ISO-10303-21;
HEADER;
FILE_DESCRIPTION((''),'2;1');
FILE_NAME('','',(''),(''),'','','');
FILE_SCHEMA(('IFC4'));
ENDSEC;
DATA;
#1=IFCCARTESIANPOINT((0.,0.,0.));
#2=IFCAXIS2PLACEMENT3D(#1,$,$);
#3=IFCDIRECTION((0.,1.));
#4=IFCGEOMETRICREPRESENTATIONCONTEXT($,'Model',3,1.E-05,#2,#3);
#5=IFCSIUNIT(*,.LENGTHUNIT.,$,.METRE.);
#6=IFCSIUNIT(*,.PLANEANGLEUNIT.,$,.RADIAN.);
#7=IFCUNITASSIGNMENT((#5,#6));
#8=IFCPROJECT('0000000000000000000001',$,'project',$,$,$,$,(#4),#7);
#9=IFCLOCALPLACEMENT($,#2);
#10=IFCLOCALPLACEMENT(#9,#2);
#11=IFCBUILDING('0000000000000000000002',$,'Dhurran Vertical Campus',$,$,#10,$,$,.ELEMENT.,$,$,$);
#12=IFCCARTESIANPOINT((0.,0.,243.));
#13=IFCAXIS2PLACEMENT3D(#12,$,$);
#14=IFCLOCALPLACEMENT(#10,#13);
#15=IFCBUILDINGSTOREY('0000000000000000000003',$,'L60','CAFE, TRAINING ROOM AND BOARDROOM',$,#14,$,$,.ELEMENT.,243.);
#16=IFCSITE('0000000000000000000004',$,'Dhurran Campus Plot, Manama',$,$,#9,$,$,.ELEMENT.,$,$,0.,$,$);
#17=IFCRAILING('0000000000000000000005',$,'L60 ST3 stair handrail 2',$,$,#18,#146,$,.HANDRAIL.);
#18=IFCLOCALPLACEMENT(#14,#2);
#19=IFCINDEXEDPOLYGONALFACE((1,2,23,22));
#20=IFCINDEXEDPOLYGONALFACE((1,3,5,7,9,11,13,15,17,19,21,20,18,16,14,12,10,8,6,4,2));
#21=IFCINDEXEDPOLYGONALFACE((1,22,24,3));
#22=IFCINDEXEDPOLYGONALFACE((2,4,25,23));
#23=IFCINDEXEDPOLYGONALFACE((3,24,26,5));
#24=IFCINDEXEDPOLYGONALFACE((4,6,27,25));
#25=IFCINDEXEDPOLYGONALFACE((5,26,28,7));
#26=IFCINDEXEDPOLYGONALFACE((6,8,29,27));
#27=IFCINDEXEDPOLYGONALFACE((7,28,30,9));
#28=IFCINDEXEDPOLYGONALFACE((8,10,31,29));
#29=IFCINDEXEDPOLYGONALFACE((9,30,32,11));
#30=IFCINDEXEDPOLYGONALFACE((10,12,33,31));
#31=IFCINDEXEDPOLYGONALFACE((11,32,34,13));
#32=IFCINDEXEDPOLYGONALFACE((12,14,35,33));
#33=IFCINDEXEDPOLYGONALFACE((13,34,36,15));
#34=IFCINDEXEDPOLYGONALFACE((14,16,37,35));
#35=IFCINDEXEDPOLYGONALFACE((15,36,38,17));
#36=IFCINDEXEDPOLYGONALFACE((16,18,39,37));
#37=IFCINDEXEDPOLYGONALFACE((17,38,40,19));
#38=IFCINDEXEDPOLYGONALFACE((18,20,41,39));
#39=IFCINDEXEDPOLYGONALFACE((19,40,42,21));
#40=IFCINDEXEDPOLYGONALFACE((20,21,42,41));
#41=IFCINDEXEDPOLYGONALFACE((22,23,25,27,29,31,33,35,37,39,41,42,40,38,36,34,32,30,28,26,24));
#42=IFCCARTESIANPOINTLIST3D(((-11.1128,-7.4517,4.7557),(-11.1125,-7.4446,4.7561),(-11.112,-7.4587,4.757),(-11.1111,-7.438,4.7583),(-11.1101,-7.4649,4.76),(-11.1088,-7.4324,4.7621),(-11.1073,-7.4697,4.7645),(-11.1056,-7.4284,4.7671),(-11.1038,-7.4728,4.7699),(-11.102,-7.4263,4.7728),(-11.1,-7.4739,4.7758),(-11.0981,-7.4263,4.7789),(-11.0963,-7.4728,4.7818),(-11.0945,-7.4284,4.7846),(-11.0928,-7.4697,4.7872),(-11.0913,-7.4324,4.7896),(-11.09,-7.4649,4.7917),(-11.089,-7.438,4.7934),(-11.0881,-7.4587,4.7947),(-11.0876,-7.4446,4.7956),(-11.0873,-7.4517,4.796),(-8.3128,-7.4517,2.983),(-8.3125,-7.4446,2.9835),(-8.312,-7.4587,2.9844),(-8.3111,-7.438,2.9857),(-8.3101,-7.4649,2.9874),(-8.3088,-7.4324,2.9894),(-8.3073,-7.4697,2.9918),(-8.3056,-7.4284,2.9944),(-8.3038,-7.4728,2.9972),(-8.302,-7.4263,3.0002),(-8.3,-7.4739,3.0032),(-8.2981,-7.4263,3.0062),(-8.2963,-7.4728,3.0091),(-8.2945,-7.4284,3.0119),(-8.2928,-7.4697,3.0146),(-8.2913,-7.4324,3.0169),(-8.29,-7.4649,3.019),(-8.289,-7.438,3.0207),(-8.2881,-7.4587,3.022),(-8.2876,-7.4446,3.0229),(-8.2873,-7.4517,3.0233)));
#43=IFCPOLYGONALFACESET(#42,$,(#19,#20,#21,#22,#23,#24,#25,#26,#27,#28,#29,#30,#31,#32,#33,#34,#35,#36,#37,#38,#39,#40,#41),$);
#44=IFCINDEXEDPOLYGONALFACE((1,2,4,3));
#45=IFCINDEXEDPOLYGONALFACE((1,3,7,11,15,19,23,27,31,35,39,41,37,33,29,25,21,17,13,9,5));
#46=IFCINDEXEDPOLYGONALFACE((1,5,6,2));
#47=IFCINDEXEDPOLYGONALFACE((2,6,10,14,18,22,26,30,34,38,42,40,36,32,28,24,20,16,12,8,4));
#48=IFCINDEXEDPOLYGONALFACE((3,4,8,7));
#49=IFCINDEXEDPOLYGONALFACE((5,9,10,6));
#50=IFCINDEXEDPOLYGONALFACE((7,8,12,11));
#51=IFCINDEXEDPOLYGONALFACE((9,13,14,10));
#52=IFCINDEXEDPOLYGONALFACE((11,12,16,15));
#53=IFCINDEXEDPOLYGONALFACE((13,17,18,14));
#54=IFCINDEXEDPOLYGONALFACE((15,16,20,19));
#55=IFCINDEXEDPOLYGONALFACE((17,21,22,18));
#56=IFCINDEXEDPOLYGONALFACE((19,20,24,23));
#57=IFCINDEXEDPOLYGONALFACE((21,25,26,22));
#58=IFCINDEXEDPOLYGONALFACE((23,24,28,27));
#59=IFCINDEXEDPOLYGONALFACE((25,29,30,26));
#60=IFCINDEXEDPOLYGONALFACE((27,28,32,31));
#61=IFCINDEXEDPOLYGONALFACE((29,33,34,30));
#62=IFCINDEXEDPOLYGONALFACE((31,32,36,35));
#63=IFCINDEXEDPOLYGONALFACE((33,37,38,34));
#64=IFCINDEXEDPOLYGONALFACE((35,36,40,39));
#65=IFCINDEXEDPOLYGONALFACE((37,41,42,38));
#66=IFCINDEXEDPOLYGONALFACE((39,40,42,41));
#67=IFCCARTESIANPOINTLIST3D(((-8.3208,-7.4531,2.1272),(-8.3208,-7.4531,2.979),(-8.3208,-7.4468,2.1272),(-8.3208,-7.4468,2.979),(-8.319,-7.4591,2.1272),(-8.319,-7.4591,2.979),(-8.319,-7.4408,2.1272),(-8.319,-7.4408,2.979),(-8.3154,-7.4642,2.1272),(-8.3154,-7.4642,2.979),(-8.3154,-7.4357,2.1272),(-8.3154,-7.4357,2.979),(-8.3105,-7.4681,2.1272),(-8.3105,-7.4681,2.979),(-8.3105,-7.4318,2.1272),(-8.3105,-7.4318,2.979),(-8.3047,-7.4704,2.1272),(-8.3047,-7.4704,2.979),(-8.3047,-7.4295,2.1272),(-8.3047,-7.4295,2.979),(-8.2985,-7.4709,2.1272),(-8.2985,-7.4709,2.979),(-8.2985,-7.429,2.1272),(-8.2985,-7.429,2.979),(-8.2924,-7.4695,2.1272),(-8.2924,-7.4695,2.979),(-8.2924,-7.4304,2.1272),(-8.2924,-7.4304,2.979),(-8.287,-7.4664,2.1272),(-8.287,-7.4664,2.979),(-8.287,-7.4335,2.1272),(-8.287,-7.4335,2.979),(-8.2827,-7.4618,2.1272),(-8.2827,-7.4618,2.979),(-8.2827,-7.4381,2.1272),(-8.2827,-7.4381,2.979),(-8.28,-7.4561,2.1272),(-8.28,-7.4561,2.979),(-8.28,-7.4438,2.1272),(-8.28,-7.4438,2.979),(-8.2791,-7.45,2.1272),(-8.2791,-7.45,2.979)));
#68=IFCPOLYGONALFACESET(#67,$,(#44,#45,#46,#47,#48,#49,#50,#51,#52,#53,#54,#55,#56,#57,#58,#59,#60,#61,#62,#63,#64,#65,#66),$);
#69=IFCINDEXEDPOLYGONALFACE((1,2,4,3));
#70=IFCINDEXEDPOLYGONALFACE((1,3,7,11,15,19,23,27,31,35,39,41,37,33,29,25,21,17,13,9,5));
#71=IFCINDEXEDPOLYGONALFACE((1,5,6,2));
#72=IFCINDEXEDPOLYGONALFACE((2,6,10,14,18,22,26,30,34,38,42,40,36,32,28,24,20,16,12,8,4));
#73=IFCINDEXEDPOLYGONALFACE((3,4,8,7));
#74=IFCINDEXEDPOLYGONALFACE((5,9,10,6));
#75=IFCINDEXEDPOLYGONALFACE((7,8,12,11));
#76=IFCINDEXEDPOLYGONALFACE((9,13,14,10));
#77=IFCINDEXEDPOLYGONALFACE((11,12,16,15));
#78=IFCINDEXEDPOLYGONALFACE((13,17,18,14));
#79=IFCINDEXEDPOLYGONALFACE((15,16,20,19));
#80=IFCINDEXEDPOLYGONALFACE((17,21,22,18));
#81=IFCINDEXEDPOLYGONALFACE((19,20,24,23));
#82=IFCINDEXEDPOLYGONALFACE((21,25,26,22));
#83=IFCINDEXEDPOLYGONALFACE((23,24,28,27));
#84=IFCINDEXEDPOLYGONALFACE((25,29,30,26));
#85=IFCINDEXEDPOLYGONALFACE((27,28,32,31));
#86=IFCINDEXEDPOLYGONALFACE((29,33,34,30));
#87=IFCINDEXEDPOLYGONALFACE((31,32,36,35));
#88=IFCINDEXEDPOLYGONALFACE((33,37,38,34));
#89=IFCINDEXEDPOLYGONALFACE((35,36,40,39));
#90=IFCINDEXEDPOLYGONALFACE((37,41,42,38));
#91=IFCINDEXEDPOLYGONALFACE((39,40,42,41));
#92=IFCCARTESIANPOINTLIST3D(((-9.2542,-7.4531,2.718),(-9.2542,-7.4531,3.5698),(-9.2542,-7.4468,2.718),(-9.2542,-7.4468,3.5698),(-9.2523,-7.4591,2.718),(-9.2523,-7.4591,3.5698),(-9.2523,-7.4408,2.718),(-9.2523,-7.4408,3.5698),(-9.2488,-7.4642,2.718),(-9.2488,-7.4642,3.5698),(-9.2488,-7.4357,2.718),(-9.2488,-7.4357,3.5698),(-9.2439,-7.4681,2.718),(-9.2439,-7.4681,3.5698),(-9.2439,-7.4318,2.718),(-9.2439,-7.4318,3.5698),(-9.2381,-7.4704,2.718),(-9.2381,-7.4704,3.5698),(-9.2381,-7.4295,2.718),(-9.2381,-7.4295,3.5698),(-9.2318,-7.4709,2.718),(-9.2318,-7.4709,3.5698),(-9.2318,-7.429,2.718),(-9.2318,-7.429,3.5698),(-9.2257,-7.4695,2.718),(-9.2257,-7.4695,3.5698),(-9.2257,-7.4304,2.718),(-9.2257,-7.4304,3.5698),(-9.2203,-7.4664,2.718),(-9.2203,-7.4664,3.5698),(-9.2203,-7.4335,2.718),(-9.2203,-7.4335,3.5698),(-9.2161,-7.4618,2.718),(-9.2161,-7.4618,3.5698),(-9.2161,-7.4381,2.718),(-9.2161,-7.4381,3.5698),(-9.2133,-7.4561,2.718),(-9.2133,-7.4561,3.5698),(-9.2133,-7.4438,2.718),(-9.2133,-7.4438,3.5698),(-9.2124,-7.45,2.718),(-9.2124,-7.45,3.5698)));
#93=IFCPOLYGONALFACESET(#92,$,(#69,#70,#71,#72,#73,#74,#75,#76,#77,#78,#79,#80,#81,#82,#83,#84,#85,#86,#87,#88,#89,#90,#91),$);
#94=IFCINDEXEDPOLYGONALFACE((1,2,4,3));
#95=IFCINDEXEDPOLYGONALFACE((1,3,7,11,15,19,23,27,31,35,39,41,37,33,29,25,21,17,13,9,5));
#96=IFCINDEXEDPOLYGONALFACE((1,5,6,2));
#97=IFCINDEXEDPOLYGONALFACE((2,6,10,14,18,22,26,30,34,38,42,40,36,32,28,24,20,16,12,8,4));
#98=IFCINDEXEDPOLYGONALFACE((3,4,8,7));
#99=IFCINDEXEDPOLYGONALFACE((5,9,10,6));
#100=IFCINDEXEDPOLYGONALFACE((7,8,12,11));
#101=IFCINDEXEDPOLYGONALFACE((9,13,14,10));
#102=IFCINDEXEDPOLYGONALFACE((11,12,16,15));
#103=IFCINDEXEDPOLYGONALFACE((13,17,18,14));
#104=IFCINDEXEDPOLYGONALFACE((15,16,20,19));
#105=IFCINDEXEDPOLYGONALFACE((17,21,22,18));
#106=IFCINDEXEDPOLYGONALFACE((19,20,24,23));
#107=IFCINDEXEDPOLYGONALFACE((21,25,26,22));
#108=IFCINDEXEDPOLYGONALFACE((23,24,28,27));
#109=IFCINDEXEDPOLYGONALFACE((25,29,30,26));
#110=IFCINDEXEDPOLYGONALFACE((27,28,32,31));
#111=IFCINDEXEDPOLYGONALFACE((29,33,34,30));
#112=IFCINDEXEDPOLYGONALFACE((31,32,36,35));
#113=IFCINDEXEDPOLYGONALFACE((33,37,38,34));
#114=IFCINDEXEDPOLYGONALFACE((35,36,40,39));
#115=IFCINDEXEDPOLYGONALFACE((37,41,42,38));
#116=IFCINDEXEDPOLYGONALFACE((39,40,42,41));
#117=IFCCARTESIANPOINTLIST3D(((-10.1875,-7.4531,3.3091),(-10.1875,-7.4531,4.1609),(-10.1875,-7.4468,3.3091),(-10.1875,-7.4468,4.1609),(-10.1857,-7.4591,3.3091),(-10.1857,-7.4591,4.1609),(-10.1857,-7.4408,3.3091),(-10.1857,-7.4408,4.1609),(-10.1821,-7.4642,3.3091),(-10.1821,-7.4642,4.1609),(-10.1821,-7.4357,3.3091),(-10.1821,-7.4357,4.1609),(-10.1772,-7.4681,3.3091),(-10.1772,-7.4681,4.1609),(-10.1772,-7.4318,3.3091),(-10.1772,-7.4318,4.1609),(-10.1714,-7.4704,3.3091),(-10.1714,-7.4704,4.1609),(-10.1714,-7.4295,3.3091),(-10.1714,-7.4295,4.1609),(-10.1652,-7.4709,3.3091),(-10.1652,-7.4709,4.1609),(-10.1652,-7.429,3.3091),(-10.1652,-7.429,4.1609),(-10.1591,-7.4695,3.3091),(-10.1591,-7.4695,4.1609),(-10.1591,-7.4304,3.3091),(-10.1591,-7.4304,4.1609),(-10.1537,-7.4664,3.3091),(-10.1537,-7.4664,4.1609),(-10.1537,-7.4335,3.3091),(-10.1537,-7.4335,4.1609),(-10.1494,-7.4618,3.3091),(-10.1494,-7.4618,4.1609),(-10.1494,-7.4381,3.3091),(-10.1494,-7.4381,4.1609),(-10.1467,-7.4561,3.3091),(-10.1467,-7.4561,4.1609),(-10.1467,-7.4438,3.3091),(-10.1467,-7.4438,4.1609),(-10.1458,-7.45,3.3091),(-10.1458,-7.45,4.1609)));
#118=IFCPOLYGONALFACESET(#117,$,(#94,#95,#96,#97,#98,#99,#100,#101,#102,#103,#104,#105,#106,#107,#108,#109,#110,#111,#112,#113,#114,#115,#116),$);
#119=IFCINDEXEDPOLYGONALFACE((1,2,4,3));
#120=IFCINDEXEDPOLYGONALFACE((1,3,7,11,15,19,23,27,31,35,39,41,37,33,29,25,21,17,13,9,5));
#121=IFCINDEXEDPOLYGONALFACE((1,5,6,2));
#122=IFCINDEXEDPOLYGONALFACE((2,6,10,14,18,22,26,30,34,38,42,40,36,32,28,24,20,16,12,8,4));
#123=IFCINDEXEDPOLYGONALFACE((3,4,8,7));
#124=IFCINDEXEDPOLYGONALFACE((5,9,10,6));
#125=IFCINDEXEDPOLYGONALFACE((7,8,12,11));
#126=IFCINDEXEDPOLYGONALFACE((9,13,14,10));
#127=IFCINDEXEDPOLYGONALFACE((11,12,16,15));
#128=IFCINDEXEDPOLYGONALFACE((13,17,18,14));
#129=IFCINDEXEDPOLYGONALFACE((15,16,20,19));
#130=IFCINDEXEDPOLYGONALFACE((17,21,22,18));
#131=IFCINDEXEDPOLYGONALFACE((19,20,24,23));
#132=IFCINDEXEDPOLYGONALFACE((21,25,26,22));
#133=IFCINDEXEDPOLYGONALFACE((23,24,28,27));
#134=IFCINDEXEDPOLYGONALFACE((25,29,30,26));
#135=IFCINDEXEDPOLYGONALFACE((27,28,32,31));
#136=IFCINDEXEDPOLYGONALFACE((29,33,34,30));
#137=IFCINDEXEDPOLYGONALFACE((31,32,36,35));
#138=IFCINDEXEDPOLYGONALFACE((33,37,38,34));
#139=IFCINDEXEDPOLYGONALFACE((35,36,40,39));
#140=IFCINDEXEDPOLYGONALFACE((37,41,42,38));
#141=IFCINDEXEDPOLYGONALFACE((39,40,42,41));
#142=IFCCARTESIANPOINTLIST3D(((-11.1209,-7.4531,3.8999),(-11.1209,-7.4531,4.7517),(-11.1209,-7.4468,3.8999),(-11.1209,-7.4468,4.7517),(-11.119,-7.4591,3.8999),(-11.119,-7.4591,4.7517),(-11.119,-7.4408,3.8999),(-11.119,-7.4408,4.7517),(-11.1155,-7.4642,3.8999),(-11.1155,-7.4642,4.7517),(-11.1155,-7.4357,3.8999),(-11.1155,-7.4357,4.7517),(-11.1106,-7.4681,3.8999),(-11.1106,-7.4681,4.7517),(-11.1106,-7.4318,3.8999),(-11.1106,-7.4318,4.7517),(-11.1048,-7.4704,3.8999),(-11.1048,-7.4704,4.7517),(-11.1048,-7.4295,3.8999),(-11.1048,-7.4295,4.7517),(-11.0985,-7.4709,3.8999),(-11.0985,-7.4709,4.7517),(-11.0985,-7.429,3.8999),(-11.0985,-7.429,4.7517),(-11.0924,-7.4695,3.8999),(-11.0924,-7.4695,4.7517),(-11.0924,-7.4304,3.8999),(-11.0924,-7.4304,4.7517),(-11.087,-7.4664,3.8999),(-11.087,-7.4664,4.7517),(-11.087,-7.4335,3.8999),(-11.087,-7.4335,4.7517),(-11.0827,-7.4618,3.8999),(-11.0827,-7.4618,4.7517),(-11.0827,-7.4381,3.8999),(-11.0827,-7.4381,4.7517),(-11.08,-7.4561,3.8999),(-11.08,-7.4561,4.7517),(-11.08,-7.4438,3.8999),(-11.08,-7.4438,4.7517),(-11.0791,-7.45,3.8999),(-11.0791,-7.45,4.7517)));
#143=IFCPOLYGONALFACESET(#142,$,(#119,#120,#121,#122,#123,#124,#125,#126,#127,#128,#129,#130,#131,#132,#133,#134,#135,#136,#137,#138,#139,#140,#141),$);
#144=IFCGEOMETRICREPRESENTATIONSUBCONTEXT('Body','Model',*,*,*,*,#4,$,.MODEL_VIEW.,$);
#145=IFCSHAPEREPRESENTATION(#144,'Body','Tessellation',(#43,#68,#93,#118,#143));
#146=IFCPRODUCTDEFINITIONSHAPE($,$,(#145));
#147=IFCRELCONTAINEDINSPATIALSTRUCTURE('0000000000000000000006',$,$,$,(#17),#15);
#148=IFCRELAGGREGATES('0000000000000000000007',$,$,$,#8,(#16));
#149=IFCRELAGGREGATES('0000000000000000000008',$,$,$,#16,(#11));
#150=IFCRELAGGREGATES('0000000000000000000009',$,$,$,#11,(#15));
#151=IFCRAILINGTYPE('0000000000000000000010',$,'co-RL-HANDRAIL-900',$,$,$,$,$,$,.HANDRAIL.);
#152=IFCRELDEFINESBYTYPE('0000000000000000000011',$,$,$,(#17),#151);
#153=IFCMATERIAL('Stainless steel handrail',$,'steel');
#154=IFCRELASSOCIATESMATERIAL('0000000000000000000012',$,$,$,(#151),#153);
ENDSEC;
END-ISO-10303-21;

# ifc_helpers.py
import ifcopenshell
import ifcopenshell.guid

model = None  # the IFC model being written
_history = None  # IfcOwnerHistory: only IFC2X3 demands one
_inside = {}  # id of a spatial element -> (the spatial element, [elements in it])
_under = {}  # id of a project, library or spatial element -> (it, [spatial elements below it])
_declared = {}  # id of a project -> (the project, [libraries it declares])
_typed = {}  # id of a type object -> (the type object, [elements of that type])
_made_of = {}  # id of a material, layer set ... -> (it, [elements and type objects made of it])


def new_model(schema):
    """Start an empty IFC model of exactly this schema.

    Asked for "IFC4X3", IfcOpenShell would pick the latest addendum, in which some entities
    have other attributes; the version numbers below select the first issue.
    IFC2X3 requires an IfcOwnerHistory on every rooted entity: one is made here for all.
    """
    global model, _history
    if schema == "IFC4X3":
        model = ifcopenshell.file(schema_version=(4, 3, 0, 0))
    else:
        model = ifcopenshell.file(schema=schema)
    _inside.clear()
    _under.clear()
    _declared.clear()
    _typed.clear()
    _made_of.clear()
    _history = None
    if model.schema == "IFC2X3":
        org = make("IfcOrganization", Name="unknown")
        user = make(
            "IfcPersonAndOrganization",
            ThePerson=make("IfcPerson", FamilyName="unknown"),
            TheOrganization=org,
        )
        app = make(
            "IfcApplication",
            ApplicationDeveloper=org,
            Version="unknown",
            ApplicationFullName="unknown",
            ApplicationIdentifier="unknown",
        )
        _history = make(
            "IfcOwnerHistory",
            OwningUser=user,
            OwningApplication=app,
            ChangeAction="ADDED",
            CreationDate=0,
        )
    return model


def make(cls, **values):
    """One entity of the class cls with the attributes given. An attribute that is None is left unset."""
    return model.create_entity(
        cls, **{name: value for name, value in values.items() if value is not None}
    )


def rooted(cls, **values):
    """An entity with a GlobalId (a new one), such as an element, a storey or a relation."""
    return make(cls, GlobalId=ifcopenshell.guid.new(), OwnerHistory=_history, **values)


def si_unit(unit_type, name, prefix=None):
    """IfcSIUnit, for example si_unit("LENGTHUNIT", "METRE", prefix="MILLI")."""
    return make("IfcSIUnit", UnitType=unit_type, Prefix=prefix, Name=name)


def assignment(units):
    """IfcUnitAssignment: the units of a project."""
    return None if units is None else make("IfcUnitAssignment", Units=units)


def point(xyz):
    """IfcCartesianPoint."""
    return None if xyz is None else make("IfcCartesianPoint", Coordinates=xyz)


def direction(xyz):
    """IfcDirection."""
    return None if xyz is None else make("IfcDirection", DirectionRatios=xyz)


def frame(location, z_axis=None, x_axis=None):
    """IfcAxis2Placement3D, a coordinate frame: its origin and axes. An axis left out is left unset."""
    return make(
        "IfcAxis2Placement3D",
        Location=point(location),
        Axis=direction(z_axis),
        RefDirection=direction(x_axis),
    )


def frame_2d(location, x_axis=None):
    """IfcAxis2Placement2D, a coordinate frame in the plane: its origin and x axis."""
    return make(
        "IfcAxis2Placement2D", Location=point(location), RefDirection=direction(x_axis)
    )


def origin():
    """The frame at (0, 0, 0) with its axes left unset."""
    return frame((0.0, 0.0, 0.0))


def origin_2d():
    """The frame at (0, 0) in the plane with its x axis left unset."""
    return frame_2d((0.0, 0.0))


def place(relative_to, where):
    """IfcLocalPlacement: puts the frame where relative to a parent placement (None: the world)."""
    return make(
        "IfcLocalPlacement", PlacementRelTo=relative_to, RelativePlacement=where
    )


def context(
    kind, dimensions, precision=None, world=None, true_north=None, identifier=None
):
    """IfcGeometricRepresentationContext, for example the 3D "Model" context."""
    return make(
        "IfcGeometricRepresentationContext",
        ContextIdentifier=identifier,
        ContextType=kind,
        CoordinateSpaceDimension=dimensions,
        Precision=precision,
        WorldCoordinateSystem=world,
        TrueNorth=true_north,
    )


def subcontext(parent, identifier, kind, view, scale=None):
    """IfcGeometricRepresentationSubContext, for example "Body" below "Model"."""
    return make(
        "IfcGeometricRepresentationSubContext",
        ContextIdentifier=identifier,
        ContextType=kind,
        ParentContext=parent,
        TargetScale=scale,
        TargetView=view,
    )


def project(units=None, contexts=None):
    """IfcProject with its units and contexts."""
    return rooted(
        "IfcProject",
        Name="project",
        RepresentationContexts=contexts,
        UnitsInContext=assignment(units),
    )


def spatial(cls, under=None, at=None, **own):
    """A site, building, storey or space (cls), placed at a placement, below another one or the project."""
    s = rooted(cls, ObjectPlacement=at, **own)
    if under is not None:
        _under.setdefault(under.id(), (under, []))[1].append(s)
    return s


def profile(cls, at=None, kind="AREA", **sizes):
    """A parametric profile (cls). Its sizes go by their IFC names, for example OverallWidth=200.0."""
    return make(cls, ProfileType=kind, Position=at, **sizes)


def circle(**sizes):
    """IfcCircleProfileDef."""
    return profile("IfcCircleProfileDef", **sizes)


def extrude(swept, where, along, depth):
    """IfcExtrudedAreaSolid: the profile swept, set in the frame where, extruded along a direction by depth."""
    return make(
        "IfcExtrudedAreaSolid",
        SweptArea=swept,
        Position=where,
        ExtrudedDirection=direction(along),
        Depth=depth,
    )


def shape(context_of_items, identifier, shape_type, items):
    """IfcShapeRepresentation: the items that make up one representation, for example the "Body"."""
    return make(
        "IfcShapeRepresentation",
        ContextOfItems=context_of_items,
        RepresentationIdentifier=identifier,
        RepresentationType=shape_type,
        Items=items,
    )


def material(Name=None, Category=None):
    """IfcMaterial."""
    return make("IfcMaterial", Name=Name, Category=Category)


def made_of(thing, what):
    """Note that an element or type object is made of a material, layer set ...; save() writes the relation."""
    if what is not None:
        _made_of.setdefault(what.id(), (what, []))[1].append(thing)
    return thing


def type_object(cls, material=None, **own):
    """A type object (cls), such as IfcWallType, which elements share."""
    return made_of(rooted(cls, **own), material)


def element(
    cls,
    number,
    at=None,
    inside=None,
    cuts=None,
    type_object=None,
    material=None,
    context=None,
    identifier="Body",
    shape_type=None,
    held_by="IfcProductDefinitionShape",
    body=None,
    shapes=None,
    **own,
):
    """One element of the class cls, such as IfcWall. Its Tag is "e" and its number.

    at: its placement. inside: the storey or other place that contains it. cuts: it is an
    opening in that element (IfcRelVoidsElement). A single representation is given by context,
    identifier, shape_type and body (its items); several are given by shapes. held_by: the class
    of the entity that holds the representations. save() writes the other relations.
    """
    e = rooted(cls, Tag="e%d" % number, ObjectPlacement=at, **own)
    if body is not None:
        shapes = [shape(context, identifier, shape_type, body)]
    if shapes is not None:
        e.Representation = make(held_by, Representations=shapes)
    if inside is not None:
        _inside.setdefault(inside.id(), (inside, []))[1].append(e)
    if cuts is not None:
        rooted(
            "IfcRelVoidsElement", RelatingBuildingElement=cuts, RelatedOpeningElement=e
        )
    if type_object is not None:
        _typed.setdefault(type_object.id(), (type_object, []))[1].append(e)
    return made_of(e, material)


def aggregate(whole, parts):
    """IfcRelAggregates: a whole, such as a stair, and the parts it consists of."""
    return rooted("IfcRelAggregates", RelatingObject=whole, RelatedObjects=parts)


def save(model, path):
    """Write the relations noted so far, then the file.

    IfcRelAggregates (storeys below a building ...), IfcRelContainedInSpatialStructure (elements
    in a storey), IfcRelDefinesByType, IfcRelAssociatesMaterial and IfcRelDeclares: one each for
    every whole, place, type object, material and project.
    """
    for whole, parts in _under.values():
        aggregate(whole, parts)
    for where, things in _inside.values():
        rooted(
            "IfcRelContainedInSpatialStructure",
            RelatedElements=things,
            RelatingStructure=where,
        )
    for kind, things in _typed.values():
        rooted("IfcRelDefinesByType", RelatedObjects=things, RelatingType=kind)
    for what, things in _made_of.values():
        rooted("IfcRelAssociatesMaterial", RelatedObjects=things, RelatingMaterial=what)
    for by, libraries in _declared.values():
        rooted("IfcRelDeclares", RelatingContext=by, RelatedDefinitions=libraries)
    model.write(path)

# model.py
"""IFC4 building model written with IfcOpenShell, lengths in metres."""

from ifc_helpers import new_model, si_unit, direction, frame, origin, origin_2d, place, context, subcontext, project, spatial, circle, extrude, material, type_object, element, save


model = new_model("IFC4")

# Units and contexts
model_context = context("Model", 3, precision=1e-05, world=origin(), true_north=direction((0.0, 1.0)))
body_context = subcontext(model_context, "Body", "Model", "MODEL_VIEW")
ifc_project = project(units=[si_unit("LENGTHUNIT", "METRE"), si_unit("PLANEANGLEUNIT", "RADIAN")], contexts=[model_context])

# Site, building, storey
site_placement = place(None, origin())
site = spatial("IfcSite", under=ifc_project, at=site_placement, Name="Dhurran Campus Plot, Manama", CompositionType="ELEMENT", RefElevation=0.0)
building_placement = place(site_placement, origin())
building = spatial("IfcBuilding", under=site, at=building_placement, Name="Dhurran Vertical Campus", CompositionType="ELEMENT")
storey_placement = place(building_placement, frame((0.0, 0.0, 243.0)))
storey = spatial("IfcBuildingStorey", under=building, at=storey_placement, Name="L60", Description="CAFE, TRAINING ROOM AND BOARDROOM", CompositionType="ELEMENT", Elevation=243.0)

# Railing
ifc_material_1 = material(Name="Stainless steel handrail", Category="steel")
railing_type_1 = type_object("IfcRailingType", Name="co-RL-HANDRAIL-900", PredefinedType="HANDRAIL", material=ifc_material_1)
railing_1_placement = place(storey_placement, frame((-8.3, -7.45, 2.1272)))
element("IfcRailing", 1, at=railing_1_placement, inside=storey, type_object=railing_type_1, Name="L60 ST3 stair handrail 2", PredefinedType="HANDRAIL", context=body_context, shape_type="SweptSolid", body=[
    extrude(circle(Radius=0.0239, at=origin_2d()), frame((0.0, 0.0, 0.876), z_axis=(-0.844909, 0.0, 0.53491), x_axis=(0.0, -1.0, 0.0)), (0.0, 0.0, 1.0), 3.314),
    extrude(circle(Radius=0.021, at=origin_2d()), origin(), (0.0, 0.0, 1.0), 0.8518),
    extrude(circle(Radius=0.021, at=origin_2d()), frame((-0.9333, 0.0, 0.5908)), (0.0, 0.0, 1.0), 0.8518),
    extrude(circle(Radius=0.021, at=origin_2d()), frame((-1.8667, 0.0, 1.1819)), (0.0, 0.0, 1.0), 0.8518),
    extrude(circle(Radius=0.021, at=origin_2d()), frame((-2.8, 0.0, 1.7727)), (0.0, 0.0, 1.0), 0.8518),
])

save(model, "model.ifc")
